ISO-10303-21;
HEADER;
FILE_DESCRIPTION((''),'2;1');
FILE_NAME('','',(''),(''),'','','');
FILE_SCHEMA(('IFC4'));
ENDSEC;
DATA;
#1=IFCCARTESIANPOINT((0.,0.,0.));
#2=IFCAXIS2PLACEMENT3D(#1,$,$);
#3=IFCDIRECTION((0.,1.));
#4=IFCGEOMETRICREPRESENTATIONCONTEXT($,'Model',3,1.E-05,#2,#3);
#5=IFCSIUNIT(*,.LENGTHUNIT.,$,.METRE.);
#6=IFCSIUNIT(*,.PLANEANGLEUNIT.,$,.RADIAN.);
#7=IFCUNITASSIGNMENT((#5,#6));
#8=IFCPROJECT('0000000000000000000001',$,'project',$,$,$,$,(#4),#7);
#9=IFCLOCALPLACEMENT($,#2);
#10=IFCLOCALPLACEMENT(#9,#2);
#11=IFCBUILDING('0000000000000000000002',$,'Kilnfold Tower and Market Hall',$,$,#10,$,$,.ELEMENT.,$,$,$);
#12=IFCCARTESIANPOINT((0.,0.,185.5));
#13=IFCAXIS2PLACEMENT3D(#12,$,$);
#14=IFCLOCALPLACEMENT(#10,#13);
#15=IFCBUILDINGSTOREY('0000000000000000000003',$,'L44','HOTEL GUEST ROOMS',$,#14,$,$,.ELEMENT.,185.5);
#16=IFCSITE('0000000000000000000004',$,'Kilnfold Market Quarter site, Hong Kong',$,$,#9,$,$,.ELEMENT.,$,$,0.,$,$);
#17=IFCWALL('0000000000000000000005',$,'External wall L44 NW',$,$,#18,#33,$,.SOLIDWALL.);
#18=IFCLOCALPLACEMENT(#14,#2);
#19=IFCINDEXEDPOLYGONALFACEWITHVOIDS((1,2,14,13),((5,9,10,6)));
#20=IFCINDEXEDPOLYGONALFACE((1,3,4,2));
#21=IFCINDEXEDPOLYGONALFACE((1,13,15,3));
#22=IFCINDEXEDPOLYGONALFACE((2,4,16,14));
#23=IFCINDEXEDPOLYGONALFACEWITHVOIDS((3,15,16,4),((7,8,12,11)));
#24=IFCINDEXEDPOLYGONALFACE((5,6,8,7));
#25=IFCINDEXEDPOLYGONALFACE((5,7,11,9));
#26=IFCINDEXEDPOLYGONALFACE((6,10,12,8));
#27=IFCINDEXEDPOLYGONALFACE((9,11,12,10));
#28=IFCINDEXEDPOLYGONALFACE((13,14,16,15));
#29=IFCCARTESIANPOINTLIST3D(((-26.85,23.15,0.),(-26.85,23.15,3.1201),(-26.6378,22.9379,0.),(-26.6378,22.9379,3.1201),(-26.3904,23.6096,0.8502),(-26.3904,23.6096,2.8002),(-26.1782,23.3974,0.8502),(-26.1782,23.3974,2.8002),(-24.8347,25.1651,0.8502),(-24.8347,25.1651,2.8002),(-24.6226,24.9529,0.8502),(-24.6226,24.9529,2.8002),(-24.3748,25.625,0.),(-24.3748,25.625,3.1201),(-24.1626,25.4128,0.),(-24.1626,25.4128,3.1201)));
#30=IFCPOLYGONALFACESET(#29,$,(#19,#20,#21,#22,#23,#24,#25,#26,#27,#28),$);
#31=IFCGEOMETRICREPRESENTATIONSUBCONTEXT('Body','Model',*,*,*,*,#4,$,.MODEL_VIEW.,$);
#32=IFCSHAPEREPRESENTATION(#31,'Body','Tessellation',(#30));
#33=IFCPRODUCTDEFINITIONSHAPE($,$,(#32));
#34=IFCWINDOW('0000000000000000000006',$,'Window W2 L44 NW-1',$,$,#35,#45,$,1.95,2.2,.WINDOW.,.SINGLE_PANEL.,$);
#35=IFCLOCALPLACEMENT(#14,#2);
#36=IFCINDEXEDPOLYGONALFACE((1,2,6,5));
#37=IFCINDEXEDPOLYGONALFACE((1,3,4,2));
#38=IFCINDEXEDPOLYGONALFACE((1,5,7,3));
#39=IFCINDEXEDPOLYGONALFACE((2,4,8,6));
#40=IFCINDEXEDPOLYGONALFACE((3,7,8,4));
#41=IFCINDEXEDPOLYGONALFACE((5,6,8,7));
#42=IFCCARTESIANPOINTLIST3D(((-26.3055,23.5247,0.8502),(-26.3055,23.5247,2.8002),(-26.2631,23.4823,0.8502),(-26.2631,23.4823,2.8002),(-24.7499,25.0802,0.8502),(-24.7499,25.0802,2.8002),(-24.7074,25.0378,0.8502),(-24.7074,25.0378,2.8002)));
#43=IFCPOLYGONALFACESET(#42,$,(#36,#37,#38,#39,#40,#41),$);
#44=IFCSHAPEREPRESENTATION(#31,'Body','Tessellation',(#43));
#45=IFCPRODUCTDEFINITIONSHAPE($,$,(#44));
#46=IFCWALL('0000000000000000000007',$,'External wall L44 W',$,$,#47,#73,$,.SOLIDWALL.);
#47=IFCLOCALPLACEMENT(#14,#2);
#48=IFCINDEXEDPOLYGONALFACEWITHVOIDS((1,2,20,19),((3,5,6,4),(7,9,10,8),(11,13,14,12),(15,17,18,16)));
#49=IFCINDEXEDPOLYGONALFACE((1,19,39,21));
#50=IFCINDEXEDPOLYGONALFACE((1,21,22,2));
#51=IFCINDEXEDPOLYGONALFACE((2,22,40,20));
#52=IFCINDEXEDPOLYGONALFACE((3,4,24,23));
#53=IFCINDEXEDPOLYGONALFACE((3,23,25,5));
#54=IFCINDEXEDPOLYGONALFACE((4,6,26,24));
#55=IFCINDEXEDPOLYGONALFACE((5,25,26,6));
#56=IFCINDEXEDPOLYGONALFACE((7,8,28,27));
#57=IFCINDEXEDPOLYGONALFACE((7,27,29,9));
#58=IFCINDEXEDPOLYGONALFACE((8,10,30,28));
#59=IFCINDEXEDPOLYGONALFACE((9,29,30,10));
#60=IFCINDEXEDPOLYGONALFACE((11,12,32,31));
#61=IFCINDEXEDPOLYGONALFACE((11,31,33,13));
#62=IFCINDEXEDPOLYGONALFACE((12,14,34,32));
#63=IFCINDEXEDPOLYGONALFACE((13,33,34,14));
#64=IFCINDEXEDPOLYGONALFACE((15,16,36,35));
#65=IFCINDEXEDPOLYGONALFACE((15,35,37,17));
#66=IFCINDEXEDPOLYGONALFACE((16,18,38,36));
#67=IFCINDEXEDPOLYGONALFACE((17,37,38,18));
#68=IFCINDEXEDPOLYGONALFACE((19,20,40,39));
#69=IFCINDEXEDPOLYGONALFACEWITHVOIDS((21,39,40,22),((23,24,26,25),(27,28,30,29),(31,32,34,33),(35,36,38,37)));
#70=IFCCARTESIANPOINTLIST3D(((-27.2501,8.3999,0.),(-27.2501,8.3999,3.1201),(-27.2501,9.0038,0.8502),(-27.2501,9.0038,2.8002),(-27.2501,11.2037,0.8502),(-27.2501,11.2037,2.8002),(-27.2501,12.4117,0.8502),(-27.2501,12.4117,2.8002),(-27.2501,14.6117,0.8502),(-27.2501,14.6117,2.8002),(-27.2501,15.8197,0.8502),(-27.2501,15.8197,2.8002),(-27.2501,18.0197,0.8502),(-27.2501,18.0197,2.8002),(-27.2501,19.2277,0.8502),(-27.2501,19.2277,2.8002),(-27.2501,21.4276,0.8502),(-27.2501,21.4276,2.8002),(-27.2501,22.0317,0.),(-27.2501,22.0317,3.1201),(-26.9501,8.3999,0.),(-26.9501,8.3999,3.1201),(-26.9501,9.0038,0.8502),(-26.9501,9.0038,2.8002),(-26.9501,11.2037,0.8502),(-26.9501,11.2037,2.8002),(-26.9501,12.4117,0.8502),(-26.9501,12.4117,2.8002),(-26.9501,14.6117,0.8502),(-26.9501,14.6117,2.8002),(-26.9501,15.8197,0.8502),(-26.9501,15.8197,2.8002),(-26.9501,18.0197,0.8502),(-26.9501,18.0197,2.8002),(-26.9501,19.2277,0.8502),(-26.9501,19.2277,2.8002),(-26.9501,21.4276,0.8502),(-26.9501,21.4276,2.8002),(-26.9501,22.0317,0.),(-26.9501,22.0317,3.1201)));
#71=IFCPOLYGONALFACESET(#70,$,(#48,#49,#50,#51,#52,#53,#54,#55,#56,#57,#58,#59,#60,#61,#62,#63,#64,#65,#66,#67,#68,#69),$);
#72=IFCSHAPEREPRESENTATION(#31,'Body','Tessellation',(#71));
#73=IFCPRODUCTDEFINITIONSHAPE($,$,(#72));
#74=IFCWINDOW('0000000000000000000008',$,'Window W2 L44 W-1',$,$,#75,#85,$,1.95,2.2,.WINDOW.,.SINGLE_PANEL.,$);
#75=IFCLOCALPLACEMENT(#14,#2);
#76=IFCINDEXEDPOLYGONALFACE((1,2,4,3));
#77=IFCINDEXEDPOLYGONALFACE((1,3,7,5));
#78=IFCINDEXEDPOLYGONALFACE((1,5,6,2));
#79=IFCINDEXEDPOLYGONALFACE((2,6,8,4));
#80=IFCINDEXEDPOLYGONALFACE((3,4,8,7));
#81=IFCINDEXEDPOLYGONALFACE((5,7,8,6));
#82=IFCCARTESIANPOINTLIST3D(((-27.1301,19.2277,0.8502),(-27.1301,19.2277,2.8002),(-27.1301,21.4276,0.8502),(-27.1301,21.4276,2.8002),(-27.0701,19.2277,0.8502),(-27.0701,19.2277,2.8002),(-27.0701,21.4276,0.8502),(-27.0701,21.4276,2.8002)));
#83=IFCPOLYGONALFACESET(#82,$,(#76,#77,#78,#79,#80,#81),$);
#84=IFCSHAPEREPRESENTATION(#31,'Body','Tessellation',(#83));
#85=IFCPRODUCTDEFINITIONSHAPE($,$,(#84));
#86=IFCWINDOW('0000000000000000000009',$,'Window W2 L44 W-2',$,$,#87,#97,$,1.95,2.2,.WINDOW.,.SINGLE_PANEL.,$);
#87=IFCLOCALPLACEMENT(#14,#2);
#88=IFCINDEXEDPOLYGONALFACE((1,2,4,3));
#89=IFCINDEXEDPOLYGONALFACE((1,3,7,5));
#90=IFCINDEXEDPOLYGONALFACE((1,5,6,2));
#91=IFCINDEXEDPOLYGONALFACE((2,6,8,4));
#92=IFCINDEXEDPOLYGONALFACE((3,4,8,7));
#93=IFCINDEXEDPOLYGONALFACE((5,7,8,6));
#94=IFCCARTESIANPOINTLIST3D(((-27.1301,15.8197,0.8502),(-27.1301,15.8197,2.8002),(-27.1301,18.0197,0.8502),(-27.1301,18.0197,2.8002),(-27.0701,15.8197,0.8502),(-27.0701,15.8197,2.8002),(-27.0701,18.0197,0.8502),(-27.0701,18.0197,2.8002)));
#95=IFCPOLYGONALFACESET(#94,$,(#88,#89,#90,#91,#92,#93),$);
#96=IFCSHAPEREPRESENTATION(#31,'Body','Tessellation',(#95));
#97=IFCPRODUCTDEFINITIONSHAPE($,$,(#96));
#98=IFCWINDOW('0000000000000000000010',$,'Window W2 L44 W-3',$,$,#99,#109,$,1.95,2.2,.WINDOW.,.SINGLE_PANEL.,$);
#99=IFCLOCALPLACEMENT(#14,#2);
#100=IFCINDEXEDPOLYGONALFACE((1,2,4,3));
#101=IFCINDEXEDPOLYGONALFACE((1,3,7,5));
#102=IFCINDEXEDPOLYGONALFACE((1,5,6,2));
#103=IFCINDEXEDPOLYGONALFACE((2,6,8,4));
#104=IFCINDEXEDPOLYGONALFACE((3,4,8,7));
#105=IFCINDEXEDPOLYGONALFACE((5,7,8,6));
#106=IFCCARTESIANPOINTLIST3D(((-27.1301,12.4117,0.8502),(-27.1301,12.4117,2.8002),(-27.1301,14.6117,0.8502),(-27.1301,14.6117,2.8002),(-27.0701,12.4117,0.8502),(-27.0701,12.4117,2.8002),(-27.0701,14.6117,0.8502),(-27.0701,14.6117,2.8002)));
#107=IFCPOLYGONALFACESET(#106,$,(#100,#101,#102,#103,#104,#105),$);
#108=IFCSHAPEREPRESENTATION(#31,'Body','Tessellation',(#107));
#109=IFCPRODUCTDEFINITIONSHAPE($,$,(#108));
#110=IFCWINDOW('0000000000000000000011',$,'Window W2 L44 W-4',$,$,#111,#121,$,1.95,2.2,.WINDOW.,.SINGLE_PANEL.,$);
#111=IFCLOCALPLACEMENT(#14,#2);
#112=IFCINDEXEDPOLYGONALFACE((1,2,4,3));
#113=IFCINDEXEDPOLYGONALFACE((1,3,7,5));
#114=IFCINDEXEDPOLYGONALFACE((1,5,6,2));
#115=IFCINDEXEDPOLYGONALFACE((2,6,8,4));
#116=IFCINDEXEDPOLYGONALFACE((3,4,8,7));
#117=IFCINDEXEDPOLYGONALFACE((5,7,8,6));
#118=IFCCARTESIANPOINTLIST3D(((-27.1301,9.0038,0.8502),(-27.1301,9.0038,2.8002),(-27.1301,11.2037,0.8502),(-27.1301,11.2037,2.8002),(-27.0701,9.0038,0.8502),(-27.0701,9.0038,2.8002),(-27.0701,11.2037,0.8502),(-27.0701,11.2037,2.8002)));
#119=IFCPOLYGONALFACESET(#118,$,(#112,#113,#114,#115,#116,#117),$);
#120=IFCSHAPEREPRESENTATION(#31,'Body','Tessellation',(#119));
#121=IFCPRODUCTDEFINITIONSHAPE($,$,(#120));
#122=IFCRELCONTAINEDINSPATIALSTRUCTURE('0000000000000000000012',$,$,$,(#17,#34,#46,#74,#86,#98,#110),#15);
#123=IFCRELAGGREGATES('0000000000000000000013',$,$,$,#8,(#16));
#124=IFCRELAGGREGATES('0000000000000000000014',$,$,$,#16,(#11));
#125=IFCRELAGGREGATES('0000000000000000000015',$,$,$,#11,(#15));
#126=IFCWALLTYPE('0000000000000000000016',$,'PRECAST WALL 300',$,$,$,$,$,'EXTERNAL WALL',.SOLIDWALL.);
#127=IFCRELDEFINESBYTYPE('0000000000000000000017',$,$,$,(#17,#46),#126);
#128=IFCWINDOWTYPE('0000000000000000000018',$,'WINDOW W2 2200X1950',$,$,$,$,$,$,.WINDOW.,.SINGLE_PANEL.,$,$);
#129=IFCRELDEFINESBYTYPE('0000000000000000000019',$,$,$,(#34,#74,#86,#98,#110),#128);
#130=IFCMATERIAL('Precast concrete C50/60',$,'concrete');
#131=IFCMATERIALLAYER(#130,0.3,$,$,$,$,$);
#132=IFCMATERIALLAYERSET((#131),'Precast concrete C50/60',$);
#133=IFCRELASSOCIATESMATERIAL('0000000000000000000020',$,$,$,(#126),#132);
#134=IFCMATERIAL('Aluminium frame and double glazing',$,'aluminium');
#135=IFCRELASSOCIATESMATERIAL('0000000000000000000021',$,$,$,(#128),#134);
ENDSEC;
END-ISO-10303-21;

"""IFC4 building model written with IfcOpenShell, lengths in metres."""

from ifc_helpers import new_model, si_unit, direction, frame, frame_2d, origin, place, context, subcontext, project, spatial, rectangle, extrude, source, transform, mapped, material, layer, layer_set, type_object, element, fill, save


model = new_model("IFC4")

# Units and contexts
model_context = context("Model", 3, precision=1e-05, world=origin(), true_north=direction((0.0, 1.0)))
body_context = subcontext(model_context, "Body", "Model", "MODEL_VIEW")
ifc_project = project(units=[si_unit("LENGTHUNIT", "METRE"), si_unit("PLANEANGLEUNIT", "RADIAN")], contexts=[model_context])

# Site, building, storey
site_placement = place(None, origin())
site = spatial("IfcSite", under=ifc_project, at=site_placement, Name="Kilnfold Market Quarter site, Hong Kong", CompositionType="ELEMENT", RefElevation=0.0)
building_placement = place(site_placement, origin())
building = spatial("IfcBuilding", under=site, at=building_placement, Name="Kilnfold Tower and Market Hall", CompositionType="ELEMENT")
storey_placement = place(building_placement, frame((0.0, 0.0, 185.5)))
storey = spatial("IfcBuildingStorey", under=building, at=storey_placement, Name="L44", Description="HOTEL GUEST ROOMS", CompositionType="ELEMENT", Elevation=185.5)

# Wall, opening, window
ifc_material_1 = material(Name="Precast concrete C50/60", Category="concrete")
ifc_layer_1 = layer(ifc_material_1, 0.3)
ifc_layer_set_1 = layer_set([ifc_layer_1], Name="Precast concrete C50/60")
wall_type_1 = type_object("IfcWallType", Name="PRECAST WALL 300", ElementType="EXTERNAL WALL", PredefinedType="SOLIDWALL", material=ifc_layer_set_1)
shared_shape_1 = source(origin(), body_context, "Body", "SweptSolid", [
    extrude(rectangle(XDim=3.5002, YDim=0.3, at=frame_2d((1.75, 0.0))), origin(), (0.0, 0.0, 1.0), 3.1201),
])
wall_1_placement = place(storey_placement, frame((-24.2688, 25.5188, 0.0), z_axis=(0.0, 0.0, 1.0), x_axis=(-0.707142, -0.707072, 0.0)))
wall_1 = element("IfcWall", 1, at=wall_1_placement, inside=storey, type_object=wall_type_1, Name="External wall L44 NW", PredefinedType="SOLIDWALL", context=body_context, shape_type="MappedRepresentation", body=[
    mapped(shared_shape_1, transform((0.0, 0.0, 0.0))),
])
opening_1_placement = place(wall_1_placement, frame((0.6501, 0.0, 0.8501)))
opening_1 = element("IfcOpeningElement", 2, at=opening_1_placement, cuts=wall_1, PredefinedType="OPENING", context=body_context, shape_type="SweptSolid", body=[
    extrude(rectangle(XDim=2.2, YDim=1.95, at=frame_2d((1.1001, 0.9751))), frame((0.0, 0.1602, 0.0), z_axis=(0.0, -1.0, 0.0), x_axis=(1.0, 0.0, 0.0)), (0.0, 0.0, 1.0), 0.3201),
])
ifc_material_2 = material(Name="Aluminium frame and double glazing", Category="aluminium")
window_type = type_object("IfcWindowType", Name="WINDOW W2 2200X1950", PartitioningType="SINGLE_PANEL", PredefinedType="WINDOW", material=ifc_material_2)
window_1_placement = place(opening_1_placement, origin())
window_1 = element("IfcWindow", 3, at=window_1_placement, inside=storey, type_object=window_type, Name="Window W2 L44 NW-1", OverallHeight=1.95, OverallWidth=2.2, PartitioningType="SINGLE_PANEL", PredefinedType="WINDOW", context=body_context, shape_type="SweptSolid", body=[
    extrude(rectangle(XDim=2.2, YDim=1.95, at=frame_2d((1.1001, 0.9751))), frame((0.0, 0.03, 0.0), z_axis=(0.0, -1.0, 0.0), x_axis=(1.0, 0.0, 0.0)), (0.0, 0.0, 1.0), 0.0601),
])
fill(opening_1, window_1)

# Wall, openings, windows
shared_shape_2 = source(origin(), body_context, "Body", "SweptSolid", [
    extrude(rectangle(XDim=13.6318, YDim=0.3, at=frame_2d((6.8159, 0.0))), origin(), (0.0, 0.0, 1.0), 3.1201),
])
wall_2_placement = place(storey_placement, frame((-27.1001, 22.0317, 0.0), z_axis=(0.0, 0.0, 1.0), x_axis=(0.0, -1.0, 0.0)))
wall_2 = element("IfcWall", 4, at=wall_2_placement, inside=storey, type_object=wall_type_1, Name="External wall L44 W", PredefinedType="SOLIDWALL", context=body_context, shape_type="MappedRepresentation", body=[
    mapped(shared_shape_2, transform((0.0, 0.0, 0.0))),
])
opening_2_placement = place(wall_2_placement, frame((0.604, 0.0, 0.8501)))
opening_2 = element("IfcOpeningElement", 5, at=opening_2_placement, cuts=wall_2, PredefinedType="OPENING", context=body_context, shape_type="SweptSolid", body=[
    extrude(rectangle(XDim=2.2, YDim=1.95, at=frame_2d((1.1001, 0.9751))), frame((0.0, 0.1602, 0.0), z_axis=(0.0, -1.0, 0.0), x_axis=(1.0, 0.0, 0.0)), (0.0, 0.0, 1.0), 0.3201),
])
opening_3_placement = place(wall_2_placement, frame((4.012, 0.0, 0.8501)))
opening_3 = element("IfcOpeningElement", 6, at=opening_3_placement, cuts=wall_2, PredefinedType="OPENING", context=body_context, shape_type="SweptSolid", body=[
    extrude(rectangle(XDim=2.2, YDim=1.95, at=frame_2d((1.1001, 0.9751))), frame((0.0, 0.1602, 0.0), z_axis=(0.0, -1.0, 0.0), x_axis=(1.0, 0.0, 0.0)), (0.0, 0.0, 1.0), 0.3201),
])
opening_4_placement = place(wall_2_placement, frame((7.4199, 0.0, 0.8501)))
opening_4 = element("IfcOpeningElement", 7, at=opening_4_placement, cuts=wall_2, PredefinedType="OPENING", context=body_context, shape_type="SweptSolid", body=[
    extrude(rectangle(XDim=2.2, YDim=1.95, at=frame_2d((1.1001, 0.9751))), frame((0.0, 0.1602, 0.0), z_axis=(0.0, -1.0, 0.0), x_axis=(1.0, 0.0, 0.0)), (0.0, 0.0, 1.0), 0.3201),
])
opening_5_placement = place(wall_2_placement, frame((10.8279, 0.0, 0.8501)))
opening_5 = element("IfcOpeningElement", 8, at=opening_5_placement, cuts=wall_2, PredefinedType="OPENING", context=body_context, shape_type="SweptSolid", body=[
    extrude(rectangle(XDim=2.2, YDim=1.95, at=frame_2d((1.1001, 0.9751))), frame((0.0, 0.1602, 0.0), z_axis=(0.0, -1.0, 0.0), x_axis=(1.0, 0.0, 0.0)), (0.0, 0.0, 1.0), 0.3201),
])
window_2_placement = place(opening_2_placement, origin())
window_2 = element("IfcWindow", 9, at=window_2_placement, inside=storey, type_object=window_type, Name="Window W2 L44 W-1", OverallHeight=1.95, OverallWidth=2.2, PartitioningType="SINGLE_PANEL", PredefinedType="WINDOW", context=body_context, shape_type="SweptSolid", body=[
    extrude(rectangle(XDim=2.2, YDim=1.95, at=frame_2d((1.1001, 0.9751))), frame((0.0, 0.03, 0.0), z_axis=(0.0, -1.0, 0.0), x_axis=(1.0, 0.0, 0.0)), (0.0, 0.0, 1.0), 0.0601),
])
fill(opening_2, window_2)
window_3_placement = place(opening_3_placement, origin())
window_3 = element("IfcWindow", 10, at=window_3_placement, inside=storey, type_object=window_type, Name="Window W2 L44 W-2", OverallHeight=1.95, OverallWidth=2.2, PartitioningType="SINGLE_PANEL", PredefinedType="WINDOW", context=body_context, shape_type="SweptSolid", body=[
    extrude(rectangle(XDim=2.2, YDim=1.95, at=frame_2d((1.1001, 0.9751))), frame((0.0, 0.03, 0.0), z_axis=(0.0, -1.0, 0.0), x_axis=(1.0, 0.0, 0.0)), (0.0, 0.0, 1.0), 0.0601),
])
fill(opening_3, window_3)
window_4_placement = place(opening_4_placement, origin())
window_4 = element("IfcWindow", 11, at=window_4_placement, inside=storey, type_object=window_type, Name="Window W2 L44 W-3", OverallHeight=1.95, OverallWidth=2.2, PartitioningType="SINGLE_PANEL", PredefinedType="WINDOW", context=body_context, shape_type="SweptSolid", body=[
    extrude(rectangle(XDim=2.2, YDim=1.95, at=frame_2d((1.1001, 0.9751))), frame((0.0, 0.03, 0.0), z_axis=(0.0, -1.0, 0.0), x_axis=(1.0, 0.0, 0.0)), (0.0, 0.0, 1.0), 0.0601),
])
fill(opening_4, window_4)
window_5_placement = place(opening_5_placement, origin())
window_5 = element("IfcWindow", 12, at=window_5_placement, inside=storey, type_object=window_type, Name="Window W2 L44 W-4", OverallHeight=1.95, OverallWidth=2.2, PartitioningType="SINGLE_PANEL", PredefinedType="WINDOW", context=body_context, shape_type="SweptSolid", body=[
    extrude(rectangle(XDim=2.2, YDim=1.95, at=frame_2d((1.1001, 0.9751))), frame((0.0, 0.03, 0.0), z_axis=(0.0, -1.0, 0.0), x_axis=(1.0, 0.0, 0.0)), (0.0, 0.0, 1.0), 0.0601),
])
fill(opening_5, window_5)

save(model, "model.ifc")
